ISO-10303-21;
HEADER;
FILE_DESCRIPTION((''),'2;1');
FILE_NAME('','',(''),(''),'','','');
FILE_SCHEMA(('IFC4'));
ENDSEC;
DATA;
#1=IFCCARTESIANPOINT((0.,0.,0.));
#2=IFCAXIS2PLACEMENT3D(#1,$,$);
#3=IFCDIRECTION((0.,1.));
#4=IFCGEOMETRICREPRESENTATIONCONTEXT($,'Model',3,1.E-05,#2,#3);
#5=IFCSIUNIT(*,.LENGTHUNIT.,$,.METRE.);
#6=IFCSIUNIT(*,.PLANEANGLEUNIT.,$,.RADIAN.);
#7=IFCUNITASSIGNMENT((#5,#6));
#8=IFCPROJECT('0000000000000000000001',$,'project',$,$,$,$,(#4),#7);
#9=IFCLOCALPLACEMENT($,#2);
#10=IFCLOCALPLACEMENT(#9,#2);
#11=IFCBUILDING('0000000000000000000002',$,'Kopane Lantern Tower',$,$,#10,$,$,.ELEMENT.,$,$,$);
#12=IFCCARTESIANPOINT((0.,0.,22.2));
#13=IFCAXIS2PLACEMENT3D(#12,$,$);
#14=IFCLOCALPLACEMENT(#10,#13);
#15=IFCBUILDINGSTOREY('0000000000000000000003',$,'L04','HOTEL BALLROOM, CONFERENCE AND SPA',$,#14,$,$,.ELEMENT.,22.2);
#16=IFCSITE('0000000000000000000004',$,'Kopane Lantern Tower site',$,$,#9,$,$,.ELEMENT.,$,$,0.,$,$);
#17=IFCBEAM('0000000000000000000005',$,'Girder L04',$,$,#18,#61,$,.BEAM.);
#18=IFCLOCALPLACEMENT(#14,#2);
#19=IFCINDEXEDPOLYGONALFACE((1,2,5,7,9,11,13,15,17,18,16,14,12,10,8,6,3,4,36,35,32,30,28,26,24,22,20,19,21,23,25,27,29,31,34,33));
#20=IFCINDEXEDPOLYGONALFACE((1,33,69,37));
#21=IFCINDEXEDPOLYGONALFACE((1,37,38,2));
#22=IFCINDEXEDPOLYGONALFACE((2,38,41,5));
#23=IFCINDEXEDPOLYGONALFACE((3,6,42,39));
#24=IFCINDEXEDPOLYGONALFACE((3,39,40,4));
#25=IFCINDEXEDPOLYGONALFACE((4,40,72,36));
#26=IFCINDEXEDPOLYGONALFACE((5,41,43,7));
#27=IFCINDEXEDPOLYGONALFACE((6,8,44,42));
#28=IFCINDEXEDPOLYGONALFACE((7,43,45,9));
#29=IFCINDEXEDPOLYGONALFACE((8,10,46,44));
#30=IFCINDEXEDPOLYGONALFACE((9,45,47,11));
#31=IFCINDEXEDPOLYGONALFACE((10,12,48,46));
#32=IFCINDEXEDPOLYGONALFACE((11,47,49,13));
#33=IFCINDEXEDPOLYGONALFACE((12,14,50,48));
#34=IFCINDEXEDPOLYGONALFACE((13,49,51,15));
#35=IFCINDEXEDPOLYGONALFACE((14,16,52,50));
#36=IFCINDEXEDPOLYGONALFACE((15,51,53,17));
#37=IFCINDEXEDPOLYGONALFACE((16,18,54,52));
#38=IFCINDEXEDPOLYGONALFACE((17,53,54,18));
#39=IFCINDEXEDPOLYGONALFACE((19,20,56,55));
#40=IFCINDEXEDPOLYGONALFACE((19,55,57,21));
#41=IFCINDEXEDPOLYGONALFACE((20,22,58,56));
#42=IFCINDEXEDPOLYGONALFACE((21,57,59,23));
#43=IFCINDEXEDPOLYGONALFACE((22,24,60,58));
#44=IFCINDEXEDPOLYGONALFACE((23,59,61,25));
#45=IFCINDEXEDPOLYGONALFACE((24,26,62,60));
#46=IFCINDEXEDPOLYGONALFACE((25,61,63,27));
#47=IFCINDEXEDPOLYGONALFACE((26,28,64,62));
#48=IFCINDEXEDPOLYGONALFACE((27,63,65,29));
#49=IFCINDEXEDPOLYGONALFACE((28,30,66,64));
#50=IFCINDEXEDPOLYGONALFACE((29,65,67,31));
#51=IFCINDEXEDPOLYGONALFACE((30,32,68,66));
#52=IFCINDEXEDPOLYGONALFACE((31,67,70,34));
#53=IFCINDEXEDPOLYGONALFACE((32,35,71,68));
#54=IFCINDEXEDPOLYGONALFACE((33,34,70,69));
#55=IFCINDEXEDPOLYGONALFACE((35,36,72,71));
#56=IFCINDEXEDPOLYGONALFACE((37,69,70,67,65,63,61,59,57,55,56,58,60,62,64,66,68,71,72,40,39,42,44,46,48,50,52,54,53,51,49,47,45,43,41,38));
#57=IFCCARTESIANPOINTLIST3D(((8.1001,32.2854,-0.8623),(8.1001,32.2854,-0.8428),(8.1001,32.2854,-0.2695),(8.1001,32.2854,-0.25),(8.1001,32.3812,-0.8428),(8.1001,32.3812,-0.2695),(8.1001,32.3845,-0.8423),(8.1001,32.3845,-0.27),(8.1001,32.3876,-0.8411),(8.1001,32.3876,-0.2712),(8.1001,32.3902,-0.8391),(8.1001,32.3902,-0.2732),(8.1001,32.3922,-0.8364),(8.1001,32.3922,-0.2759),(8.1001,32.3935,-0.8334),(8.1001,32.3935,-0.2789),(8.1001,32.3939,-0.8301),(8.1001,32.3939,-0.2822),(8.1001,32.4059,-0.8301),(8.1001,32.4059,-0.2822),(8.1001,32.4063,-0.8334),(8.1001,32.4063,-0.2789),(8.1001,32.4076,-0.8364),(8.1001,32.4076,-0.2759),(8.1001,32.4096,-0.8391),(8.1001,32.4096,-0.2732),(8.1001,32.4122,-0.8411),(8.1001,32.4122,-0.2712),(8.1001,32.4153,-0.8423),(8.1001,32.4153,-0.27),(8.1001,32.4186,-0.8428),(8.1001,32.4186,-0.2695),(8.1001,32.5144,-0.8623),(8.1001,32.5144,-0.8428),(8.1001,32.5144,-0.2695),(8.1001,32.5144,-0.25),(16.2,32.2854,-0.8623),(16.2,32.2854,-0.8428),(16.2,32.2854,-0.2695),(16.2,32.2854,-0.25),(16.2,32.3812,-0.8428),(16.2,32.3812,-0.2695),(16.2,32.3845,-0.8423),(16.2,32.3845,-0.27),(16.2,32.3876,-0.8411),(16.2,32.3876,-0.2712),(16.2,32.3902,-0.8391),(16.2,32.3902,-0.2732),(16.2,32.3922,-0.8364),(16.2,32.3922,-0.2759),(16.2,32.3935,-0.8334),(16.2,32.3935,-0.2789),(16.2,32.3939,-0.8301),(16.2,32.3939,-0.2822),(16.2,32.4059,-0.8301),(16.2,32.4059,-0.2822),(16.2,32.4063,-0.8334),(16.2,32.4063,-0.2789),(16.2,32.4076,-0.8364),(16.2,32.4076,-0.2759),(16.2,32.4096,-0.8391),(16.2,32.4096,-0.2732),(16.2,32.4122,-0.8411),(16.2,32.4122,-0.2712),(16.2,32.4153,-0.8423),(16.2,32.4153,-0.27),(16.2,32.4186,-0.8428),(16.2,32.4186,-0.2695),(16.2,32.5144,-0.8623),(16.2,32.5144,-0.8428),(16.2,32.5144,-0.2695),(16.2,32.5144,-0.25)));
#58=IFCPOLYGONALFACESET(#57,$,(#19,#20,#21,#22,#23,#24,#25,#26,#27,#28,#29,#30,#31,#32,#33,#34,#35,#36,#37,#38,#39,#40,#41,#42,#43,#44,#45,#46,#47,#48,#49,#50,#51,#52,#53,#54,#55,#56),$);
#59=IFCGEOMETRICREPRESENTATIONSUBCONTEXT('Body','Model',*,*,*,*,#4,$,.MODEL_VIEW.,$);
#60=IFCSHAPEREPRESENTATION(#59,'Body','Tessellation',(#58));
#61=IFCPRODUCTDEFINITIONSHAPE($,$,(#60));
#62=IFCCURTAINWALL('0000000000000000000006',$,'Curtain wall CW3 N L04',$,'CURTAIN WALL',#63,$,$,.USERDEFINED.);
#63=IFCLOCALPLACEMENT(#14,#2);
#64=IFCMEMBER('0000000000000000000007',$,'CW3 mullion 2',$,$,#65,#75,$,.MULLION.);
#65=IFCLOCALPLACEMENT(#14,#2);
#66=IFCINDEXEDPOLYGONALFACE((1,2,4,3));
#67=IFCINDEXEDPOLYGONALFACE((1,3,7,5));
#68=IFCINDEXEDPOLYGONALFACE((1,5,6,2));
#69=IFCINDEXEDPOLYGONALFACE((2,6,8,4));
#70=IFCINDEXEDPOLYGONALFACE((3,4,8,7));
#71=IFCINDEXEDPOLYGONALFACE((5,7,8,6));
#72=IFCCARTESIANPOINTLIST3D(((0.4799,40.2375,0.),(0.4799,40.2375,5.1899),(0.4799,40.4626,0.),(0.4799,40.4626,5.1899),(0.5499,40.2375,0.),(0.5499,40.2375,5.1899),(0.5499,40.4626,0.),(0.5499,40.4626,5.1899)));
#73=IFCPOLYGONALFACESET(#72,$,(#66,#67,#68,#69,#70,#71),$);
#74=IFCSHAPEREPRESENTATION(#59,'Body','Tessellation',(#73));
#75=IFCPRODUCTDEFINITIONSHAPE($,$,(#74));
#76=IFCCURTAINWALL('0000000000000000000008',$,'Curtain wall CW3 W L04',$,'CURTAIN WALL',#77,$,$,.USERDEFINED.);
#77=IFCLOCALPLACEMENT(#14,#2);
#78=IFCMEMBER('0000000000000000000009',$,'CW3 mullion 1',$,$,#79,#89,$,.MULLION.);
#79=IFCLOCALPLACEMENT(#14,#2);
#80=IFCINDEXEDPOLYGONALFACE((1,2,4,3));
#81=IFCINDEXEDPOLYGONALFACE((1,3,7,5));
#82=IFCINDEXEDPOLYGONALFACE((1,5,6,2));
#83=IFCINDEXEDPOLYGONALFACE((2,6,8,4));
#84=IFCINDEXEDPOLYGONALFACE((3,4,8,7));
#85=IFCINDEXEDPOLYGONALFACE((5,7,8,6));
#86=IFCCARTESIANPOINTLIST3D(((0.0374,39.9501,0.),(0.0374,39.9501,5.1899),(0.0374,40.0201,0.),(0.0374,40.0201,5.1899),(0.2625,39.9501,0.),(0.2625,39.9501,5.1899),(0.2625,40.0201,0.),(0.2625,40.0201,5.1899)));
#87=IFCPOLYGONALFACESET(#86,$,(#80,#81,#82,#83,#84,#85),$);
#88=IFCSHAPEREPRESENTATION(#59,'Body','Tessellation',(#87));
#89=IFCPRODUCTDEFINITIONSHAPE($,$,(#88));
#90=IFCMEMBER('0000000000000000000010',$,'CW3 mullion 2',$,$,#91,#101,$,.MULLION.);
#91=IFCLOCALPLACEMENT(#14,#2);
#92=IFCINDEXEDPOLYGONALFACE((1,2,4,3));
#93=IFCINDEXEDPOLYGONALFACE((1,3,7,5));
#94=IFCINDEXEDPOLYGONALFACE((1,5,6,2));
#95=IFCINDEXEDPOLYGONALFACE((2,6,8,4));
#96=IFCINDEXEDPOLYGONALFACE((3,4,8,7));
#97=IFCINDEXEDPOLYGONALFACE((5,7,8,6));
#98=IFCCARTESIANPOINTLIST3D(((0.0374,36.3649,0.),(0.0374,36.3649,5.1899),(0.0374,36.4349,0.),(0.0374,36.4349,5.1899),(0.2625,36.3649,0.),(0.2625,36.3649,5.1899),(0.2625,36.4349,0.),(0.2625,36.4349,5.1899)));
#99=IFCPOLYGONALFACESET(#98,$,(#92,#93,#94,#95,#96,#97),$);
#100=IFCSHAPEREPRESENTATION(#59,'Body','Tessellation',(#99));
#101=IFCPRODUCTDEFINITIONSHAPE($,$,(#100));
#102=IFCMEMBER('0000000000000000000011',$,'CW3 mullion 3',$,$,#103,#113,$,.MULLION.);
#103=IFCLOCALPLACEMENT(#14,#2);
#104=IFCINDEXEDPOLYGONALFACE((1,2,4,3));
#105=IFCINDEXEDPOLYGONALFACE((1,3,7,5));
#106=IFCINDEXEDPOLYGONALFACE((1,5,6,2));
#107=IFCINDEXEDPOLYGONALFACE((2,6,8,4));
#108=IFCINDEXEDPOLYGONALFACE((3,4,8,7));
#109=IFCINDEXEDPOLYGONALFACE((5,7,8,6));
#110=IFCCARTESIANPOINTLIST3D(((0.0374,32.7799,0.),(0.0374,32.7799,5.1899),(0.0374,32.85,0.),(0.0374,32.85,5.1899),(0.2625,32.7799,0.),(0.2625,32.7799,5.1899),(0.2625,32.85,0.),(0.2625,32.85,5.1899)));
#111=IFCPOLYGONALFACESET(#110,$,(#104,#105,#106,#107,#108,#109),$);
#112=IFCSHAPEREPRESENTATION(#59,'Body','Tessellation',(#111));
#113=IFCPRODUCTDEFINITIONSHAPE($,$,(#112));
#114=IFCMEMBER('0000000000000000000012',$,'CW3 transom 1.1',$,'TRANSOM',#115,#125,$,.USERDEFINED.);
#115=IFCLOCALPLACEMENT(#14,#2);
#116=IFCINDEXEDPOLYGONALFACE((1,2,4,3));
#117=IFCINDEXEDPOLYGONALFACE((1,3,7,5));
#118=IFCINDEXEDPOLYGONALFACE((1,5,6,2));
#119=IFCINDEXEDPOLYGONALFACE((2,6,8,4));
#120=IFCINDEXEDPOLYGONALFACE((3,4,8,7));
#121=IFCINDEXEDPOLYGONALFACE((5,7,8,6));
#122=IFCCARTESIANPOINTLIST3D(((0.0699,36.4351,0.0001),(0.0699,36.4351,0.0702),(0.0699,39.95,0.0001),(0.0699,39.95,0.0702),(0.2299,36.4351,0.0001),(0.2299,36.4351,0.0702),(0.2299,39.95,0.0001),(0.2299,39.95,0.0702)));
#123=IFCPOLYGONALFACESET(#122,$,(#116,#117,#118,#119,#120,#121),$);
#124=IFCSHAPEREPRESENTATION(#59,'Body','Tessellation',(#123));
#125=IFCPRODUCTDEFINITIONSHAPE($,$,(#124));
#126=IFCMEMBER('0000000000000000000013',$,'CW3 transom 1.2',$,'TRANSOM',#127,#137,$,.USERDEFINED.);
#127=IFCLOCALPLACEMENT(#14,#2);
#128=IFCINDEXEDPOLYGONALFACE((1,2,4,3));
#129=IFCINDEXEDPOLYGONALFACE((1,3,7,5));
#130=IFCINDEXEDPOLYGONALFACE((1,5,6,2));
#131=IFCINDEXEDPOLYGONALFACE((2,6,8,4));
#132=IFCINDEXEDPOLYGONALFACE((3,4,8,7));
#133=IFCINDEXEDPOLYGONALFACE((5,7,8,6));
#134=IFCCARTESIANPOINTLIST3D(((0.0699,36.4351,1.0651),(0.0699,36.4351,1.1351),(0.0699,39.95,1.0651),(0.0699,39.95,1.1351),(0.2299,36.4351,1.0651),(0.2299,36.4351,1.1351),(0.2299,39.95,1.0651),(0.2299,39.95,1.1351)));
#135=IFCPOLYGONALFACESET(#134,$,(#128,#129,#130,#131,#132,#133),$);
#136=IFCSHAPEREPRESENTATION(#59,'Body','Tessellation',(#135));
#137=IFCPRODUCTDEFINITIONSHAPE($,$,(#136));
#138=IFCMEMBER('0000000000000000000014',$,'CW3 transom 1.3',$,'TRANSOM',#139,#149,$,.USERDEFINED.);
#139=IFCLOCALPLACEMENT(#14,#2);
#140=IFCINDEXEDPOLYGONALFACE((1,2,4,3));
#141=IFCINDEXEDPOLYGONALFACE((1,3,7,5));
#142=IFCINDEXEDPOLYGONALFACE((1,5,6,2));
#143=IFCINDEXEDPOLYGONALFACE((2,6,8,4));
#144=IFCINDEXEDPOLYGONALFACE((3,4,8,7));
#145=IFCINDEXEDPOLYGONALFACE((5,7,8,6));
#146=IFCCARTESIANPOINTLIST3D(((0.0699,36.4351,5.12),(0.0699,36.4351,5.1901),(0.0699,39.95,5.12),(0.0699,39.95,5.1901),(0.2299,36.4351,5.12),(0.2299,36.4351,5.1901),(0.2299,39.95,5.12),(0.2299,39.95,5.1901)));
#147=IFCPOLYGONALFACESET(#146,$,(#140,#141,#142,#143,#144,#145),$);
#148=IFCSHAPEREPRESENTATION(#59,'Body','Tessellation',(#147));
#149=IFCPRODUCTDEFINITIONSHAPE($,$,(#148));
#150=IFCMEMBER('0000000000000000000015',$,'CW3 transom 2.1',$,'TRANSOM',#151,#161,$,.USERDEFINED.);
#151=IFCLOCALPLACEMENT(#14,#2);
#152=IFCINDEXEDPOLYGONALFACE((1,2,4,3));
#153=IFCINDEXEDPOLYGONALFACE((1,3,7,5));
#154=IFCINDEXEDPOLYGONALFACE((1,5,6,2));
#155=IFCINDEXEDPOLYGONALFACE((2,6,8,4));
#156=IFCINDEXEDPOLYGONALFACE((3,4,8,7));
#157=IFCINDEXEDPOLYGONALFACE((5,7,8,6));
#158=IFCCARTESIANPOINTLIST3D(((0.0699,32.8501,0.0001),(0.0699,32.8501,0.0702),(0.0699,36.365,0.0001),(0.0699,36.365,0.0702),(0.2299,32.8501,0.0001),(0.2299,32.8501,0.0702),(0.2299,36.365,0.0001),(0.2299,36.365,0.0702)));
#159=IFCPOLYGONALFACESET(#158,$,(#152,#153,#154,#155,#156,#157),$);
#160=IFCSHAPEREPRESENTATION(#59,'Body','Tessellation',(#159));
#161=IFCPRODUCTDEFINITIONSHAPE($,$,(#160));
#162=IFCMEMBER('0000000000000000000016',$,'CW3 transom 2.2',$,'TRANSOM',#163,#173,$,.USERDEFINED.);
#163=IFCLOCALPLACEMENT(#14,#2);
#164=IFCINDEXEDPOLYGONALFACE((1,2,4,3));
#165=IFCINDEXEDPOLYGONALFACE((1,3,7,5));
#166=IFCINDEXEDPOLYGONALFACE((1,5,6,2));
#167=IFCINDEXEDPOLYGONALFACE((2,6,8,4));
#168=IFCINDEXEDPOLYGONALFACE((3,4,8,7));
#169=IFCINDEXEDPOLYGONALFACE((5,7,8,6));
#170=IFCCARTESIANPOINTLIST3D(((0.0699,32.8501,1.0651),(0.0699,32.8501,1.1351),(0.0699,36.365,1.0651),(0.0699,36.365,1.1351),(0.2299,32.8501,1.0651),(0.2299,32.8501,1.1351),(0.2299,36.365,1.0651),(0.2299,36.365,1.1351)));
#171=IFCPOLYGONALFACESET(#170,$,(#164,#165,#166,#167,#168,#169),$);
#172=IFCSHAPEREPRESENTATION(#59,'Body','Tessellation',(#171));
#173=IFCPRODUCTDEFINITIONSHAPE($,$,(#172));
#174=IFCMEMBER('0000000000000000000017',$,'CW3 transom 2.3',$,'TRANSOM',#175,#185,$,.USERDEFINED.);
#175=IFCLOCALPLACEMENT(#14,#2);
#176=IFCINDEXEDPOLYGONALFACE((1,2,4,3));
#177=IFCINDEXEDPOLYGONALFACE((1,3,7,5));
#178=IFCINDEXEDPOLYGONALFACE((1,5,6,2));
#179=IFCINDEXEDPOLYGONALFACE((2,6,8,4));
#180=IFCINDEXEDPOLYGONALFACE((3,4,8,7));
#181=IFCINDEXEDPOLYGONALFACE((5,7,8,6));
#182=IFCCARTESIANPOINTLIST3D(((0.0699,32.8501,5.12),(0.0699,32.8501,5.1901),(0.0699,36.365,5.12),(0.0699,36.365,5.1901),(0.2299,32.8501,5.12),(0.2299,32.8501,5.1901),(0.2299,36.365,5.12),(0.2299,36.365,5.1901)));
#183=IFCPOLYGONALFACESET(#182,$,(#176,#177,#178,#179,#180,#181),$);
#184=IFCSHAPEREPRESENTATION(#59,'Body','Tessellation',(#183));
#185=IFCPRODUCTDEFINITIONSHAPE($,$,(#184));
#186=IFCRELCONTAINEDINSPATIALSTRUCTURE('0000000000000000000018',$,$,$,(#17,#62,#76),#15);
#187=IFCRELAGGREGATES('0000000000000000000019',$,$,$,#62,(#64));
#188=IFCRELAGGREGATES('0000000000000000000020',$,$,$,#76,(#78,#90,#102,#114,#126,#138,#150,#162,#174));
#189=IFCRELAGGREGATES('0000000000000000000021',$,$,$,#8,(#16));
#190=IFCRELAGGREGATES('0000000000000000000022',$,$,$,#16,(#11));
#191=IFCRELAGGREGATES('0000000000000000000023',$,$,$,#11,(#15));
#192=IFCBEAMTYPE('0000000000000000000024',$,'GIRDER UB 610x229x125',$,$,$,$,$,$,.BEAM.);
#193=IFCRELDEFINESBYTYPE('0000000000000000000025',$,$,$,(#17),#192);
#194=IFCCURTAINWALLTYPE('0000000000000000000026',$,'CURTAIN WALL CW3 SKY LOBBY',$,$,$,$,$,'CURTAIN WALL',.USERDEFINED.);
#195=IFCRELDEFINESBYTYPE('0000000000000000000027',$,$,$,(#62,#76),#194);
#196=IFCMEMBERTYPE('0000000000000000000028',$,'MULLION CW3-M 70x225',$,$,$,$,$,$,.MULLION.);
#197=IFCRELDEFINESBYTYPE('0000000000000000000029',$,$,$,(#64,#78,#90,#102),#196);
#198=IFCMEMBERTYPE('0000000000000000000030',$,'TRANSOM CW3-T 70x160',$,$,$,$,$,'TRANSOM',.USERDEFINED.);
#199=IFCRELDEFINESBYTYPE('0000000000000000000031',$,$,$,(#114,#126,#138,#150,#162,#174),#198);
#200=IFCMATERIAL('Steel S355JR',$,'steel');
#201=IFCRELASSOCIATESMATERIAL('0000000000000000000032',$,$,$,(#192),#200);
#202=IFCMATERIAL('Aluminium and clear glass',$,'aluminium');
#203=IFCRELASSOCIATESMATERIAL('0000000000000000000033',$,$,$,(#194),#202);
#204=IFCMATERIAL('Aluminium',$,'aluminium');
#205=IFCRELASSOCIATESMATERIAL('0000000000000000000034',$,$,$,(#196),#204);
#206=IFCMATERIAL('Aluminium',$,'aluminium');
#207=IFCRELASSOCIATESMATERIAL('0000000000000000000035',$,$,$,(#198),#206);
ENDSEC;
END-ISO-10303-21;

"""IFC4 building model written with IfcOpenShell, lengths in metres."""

from ifc_helpers import new_model, si_unit, direction, frame, origin, origin_2d, place, context, subcontext, project, spatial, rectangle, i_section, extrude, material, material_profile, profile_set, type_object, element, aggregate, save


model = new_model("IFC4")

# Units and contexts
model_context = context("Model", 3, precision=1e-05, world=origin(), true_north=direction((0.0, 1.0)))
body_context = subcontext(model_context, "Body", "Model", "MODEL_VIEW")
ifc_project = project(units=[si_unit("LENGTHUNIT", "METRE"), si_unit("PLANEANGLEUNIT", "RADIAN")], contexts=[model_context])

# Site, building, storey
site_placement = place(None, origin())
site = spatial("IfcSite", under=ifc_project, at=site_placement, Name="Kopane Lantern Tower site", CompositionType="ELEMENT", RefElevation=0.0)
building_placement = place(site_placement, origin())
building = spatial("IfcBuilding", under=site, at=building_placement, Name="Kopane Lantern Tower", CompositionType="ELEMENT")
storey_placement = place(building_placement, frame((0.0, 0.0, 22.2)))
storey = spatial("IfcBuildingStorey", under=building, at=storey_placement, Name="L04", Description="HOTEL BALLROOM, CONFERENCE AND SPA", CompositionType="ELEMENT", Elevation=22.2)

# Beam
ifc_material_1 = material(Name="Steel S355JR", Category="steel")
ifc_material_profile_1 = material_profile(ifc_material_1, i_section(OverallWidth=0.229, OverallDepth=0.6123, WebThickness=0.012, FlangeThickness=0.0195, FilletRadius=0.0127, at=origin_2d()), Name="UB 610x229x125")
ifc_profile_set_1 = profile_set([ifc_material_profile_1], Name="Steel S355JR")
beam_type = type_object("IfcBeamType", Name="GIRDER UB 610x229x125", PredefinedType="BEAM", material=ifc_profile_set_1)
beam_placement = place(storey_placement, frame((8.1001, 32.3999, -0.5562), z_axis=(1.0, 0.0, 0.0), x_axis=(0.0, 1.0, 0.0)))
element("IfcBeam", 1, at=beam_placement, inside=storey, type_object=beam_type, Name="Girder L04", PredefinedType="BEAM", context=body_context, shape_type="SweptSolid", body=[
    extrude(i_section(OverallWidth=0.229, OverallDepth=0.6123, WebThickness=0.012, FlangeThickness=0.0195, FilletRadius=0.0127, at=origin_2d()), origin(), (0.0, 0.0, 1.0), 8.0999),
])

# Curtain wall, member
ifc_material_2 = material(Name="Aluminium and clear glass", Category="aluminium")
curtain_wall_type = type_object("IfcCurtainWallType", Name="CURTAIN WALL CW3 SKY LOBBY", ElementType="CURTAIN WALL", PredefinedType="USERDEFINED", material=ifc_material_2)
curtain_wall_1_placement = place(storey_placement, origin())
curtain_wall_1 = element("IfcCurtainWall", 2, at=curtain_wall_1_placement, inside=storey, type_object=curtain_wall_type, Name="Curtain wall CW3 N L04", ObjectType="CURTAIN WALL", PredefinedType="USERDEFINED")
ifc_material_3 = material(Name="Aluminium", Category="aluminium")
ifc_material_profile_2 = material_profile(ifc_material_3, rectangle(XDim=0.0701, YDim=0.2251, at=origin_2d()), Name="AL 70x225")
ifc_profile_set_2 = profile_set([ifc_material_profile_2], Name="Aluminium")
member_type_1 = type_object("IfcMemberType", Name="MULLION CW3-M 70x225", PredefinedType="MULLION", material=ifc_profile_set_2)
member_1_placement = place(storey_placement, frame((0.5149, 40.3501, 0.0), z_axis=(0.0, 0.0, 1.0), x_axis=(-1.0, 0.0, 0.0)))
member_1 = element("IfcMember", 3, at=member_1_placement, type_object=member_type_1, Name="CW3 mullion 2", PredefinedType="MULLION", context=body_context, shape_type="SweptSolid", body=[
    extrude(rectangle(XDim=0.0701, YDim=0.2251, at=origin_2d()), origin(), (0.0, 0.0, 1.0), 5.1899),
])

# Curtain wall, members
curtain_wall_2_placement = place(storey_placement, origin())
curtain_wall_2 = element("IfcCurtainWall", 4, at=curtain_wall_2_placement, inside=storey, type_object=curtain_wall_type, Name="Curtain wall CW3 W L04", ObjectType="CURTAIN WALL", PredefinedType="USERDEFINED")
member_2_placement = place(storey_placement, frame((0.1499, 39.9851, 0.0), z_axis=(0.0, 0.0, 1.0), x_axis=(0.0, -1.0, 0.0)))
member_2 = element("IfcMember", 5, at=member_2_placement, type_object=member_type_1, Name="CW3 mullion 1", PredefinedType="MULLION", context=body_context, shape_type="SweptSolid", body=[
    extrude(rectangle(XDim=0.0701, YDim=0.2251, at=origin_2d()), origin(), (0.0, 0.0, 1.0), 5.1899),
])
member_3_placement = place(storey_placement, frame((0.1499, 36.3999, 0.0), z_axis=(0.0, 0.0, 1.0), x_axis=(0.0, -1.0, 0.0)))
member_3 = element("IfcMember", 6, at=member_3_placement, type_object=member_type_1, Name="CW3 mullion 2", PredefinedType="MULLION", context=body_context, shape_type="SweptSolid", body=[
    extrude(rectangle(XDim=0.0701, YDim=0.2251, at=origin_2d()), origin(), (0.0, 0.0, 1.0), 5.1899),
])
member_4_placement = place(storey_placement, frame((0.1499, 32.8149, 0.0), z_axis=(0.0, 0.0, 1.0), x_axis=(0.0, -1.0, 0.0)))
member_4 = element("IfcMember", 7, at=member_4_placement, type_object=member_type_1, Name="CW3 mullion 3", PredefinedType="MULLION", context=body_context, shape_type="SweptSolid", body=[
    extrude(rectangle(XDim=0.0701, YDim=0.2251, at=origin_2d()), origin(), (0.0, 0.0, 1.0), 5.1899),
])
ifc_material_4 = material(Name="Aluminium", Category="aluminium")
ifc_material_profile_3 = material_profile(ifc_material_4, rectangle(XDim=0.1599, YDim=0.0701, at=origin_2d()), Name="AL 160x70")
ifc_profile_set_3 = profile_set([ifc_material_profile_3], Name="Aluminium")
member_type_2 = type_object("IfcMemberType", Name="TRANSOM CW3-T 70x160", ElementType="TRANSOM", PredefinedType="USERDEFINED", material=ifc_profile_set_3)
member_5_placement = place(storey_placement, frame((0.1499, 39.95, 0.0352), z_axis=(0.0, -1.0, 0.0), x_axis=(1.0, 0.0, 0.0)))
member_5 = element("IfcMember", 8, at=member_5_placement, type_object=member_type_2, Name="CW3 transom 1.1", ObjectType="TRANSOM", PredefinedType="USERDEFINED", context=body_context, shape_type="SweptSolid", body=[
    extrude(rectangle(XDim=0.1599, YDim=0.0701, at=origin_2d()), origin(), (0.0, 0.0, 1.0), 3.5149),
])
member_6_placement = place(storey_placement, frame((0.1499, 39.95, 1.1001), z_axis=(0.0, -1.0, 0.0), x_axis=(1.0, 0.0, 0.0)))
member_6 = element("IfcMember", 9, at=member_6_placement, type_object=member_type_2, Name="CW3 transom 1.2", ObjectType="TRANSOM", PredefinedType="USERDEFINED", context=body_context, shape_type="SweptSolid", body=[
    extrude(rectangle(XDim=0.1599, YDim=0.0701, at=origin_2d()), origin(), (0.0, 0.0, 1.0), 3.5149),
])
member_7_placement = place(storey_placement, frame((0.1499, 39.95, 5.155), z_axis=(0.0, -1.0, 0.0), x_axis=(1.0, 0.0, 0.0)))
member_7 = element("IfcMember", 10, at=member_7_placement, type_object=member_type_2, Name="CW3 transom 1.3", ObjectType="TRANSOM", PredefinedType="USERDEFINED", context=body_context, shape_type="SweptSolid", body=[
    extrude(rectangle(XDim=0.1599, YDim=0.0701, at=origin_2d()), origin(), (0.0, 0.0, 1.0), 3.5149),
])
member_8_placement = place(storey_placement, frame((0.1499, 36.365, 0.0352), z_axis=(0.0, -1.0, 0.0), x_axis=(1.0, 0.0, 0.0)))
member_8 = element("IfcMember", 11, at=member_8_placement, type_object=member_type_2, Name="CW3 transom 2.1", ObjectType="TRANSOM", PredefinedType="USERDEFINED", context=body_context, shape_type="SweptSolid", body=[
    extrude(rectangle(XDim=0.1599, YDim=0.0701, at=origin_2d()), origin(), (0.0, 0.0, 1.0), 3.5149),
])
member_9_placement = place(storey_placement, frame((0.1499, 36.365, 1.1001), z_axis=(0.0, -1.0, 0.0), x_axis=(1.0, 0.0, 0.0)))
member_9 = element("IfcMember", 12, at=member_9_placement, type_object=member_type_2, Name="CW3 transom 2.2", ObjectType="TRANSOM", PredefinedType="USERDEFINED", context=body_context, shape_type="SweptSolid", body=[
    extrude(rectangle(XDim=0.1599, YDim=0.0701, at=origin_2d()), origin(), (0.0, 0.0, 1.0), 3.5149),
])
member_10_placement = place(storey_placement, frame((0.1499, 36.365, 5.155), z_axis=(0.0, -1.0, 0.0), x_axis=(1.0, 0.0, 0.0)))
member_10 = element("IfcMember", 13, at=member_10_placement, type_object=member_type_2, Name="CW3 transom 2.3", ObjectType="TRANSOM", PredefinedType="USERDEFINED", context=body_context, shape_type="SweptSolid", body=[
    extrude(rectangle(XDim=0.1599, YDim=0.0701, at=origin_2d()), origin(), (0.0, 0.0, 1.0), 3.5149),
])

aggregate(curtain_wall_1, [member_1])
aggregate(curtain_wall_2, [member_2, member_3, member_4, member_5, member_6, member_7, member_8, member_9, member_10])

save(model, "model.ifc")
